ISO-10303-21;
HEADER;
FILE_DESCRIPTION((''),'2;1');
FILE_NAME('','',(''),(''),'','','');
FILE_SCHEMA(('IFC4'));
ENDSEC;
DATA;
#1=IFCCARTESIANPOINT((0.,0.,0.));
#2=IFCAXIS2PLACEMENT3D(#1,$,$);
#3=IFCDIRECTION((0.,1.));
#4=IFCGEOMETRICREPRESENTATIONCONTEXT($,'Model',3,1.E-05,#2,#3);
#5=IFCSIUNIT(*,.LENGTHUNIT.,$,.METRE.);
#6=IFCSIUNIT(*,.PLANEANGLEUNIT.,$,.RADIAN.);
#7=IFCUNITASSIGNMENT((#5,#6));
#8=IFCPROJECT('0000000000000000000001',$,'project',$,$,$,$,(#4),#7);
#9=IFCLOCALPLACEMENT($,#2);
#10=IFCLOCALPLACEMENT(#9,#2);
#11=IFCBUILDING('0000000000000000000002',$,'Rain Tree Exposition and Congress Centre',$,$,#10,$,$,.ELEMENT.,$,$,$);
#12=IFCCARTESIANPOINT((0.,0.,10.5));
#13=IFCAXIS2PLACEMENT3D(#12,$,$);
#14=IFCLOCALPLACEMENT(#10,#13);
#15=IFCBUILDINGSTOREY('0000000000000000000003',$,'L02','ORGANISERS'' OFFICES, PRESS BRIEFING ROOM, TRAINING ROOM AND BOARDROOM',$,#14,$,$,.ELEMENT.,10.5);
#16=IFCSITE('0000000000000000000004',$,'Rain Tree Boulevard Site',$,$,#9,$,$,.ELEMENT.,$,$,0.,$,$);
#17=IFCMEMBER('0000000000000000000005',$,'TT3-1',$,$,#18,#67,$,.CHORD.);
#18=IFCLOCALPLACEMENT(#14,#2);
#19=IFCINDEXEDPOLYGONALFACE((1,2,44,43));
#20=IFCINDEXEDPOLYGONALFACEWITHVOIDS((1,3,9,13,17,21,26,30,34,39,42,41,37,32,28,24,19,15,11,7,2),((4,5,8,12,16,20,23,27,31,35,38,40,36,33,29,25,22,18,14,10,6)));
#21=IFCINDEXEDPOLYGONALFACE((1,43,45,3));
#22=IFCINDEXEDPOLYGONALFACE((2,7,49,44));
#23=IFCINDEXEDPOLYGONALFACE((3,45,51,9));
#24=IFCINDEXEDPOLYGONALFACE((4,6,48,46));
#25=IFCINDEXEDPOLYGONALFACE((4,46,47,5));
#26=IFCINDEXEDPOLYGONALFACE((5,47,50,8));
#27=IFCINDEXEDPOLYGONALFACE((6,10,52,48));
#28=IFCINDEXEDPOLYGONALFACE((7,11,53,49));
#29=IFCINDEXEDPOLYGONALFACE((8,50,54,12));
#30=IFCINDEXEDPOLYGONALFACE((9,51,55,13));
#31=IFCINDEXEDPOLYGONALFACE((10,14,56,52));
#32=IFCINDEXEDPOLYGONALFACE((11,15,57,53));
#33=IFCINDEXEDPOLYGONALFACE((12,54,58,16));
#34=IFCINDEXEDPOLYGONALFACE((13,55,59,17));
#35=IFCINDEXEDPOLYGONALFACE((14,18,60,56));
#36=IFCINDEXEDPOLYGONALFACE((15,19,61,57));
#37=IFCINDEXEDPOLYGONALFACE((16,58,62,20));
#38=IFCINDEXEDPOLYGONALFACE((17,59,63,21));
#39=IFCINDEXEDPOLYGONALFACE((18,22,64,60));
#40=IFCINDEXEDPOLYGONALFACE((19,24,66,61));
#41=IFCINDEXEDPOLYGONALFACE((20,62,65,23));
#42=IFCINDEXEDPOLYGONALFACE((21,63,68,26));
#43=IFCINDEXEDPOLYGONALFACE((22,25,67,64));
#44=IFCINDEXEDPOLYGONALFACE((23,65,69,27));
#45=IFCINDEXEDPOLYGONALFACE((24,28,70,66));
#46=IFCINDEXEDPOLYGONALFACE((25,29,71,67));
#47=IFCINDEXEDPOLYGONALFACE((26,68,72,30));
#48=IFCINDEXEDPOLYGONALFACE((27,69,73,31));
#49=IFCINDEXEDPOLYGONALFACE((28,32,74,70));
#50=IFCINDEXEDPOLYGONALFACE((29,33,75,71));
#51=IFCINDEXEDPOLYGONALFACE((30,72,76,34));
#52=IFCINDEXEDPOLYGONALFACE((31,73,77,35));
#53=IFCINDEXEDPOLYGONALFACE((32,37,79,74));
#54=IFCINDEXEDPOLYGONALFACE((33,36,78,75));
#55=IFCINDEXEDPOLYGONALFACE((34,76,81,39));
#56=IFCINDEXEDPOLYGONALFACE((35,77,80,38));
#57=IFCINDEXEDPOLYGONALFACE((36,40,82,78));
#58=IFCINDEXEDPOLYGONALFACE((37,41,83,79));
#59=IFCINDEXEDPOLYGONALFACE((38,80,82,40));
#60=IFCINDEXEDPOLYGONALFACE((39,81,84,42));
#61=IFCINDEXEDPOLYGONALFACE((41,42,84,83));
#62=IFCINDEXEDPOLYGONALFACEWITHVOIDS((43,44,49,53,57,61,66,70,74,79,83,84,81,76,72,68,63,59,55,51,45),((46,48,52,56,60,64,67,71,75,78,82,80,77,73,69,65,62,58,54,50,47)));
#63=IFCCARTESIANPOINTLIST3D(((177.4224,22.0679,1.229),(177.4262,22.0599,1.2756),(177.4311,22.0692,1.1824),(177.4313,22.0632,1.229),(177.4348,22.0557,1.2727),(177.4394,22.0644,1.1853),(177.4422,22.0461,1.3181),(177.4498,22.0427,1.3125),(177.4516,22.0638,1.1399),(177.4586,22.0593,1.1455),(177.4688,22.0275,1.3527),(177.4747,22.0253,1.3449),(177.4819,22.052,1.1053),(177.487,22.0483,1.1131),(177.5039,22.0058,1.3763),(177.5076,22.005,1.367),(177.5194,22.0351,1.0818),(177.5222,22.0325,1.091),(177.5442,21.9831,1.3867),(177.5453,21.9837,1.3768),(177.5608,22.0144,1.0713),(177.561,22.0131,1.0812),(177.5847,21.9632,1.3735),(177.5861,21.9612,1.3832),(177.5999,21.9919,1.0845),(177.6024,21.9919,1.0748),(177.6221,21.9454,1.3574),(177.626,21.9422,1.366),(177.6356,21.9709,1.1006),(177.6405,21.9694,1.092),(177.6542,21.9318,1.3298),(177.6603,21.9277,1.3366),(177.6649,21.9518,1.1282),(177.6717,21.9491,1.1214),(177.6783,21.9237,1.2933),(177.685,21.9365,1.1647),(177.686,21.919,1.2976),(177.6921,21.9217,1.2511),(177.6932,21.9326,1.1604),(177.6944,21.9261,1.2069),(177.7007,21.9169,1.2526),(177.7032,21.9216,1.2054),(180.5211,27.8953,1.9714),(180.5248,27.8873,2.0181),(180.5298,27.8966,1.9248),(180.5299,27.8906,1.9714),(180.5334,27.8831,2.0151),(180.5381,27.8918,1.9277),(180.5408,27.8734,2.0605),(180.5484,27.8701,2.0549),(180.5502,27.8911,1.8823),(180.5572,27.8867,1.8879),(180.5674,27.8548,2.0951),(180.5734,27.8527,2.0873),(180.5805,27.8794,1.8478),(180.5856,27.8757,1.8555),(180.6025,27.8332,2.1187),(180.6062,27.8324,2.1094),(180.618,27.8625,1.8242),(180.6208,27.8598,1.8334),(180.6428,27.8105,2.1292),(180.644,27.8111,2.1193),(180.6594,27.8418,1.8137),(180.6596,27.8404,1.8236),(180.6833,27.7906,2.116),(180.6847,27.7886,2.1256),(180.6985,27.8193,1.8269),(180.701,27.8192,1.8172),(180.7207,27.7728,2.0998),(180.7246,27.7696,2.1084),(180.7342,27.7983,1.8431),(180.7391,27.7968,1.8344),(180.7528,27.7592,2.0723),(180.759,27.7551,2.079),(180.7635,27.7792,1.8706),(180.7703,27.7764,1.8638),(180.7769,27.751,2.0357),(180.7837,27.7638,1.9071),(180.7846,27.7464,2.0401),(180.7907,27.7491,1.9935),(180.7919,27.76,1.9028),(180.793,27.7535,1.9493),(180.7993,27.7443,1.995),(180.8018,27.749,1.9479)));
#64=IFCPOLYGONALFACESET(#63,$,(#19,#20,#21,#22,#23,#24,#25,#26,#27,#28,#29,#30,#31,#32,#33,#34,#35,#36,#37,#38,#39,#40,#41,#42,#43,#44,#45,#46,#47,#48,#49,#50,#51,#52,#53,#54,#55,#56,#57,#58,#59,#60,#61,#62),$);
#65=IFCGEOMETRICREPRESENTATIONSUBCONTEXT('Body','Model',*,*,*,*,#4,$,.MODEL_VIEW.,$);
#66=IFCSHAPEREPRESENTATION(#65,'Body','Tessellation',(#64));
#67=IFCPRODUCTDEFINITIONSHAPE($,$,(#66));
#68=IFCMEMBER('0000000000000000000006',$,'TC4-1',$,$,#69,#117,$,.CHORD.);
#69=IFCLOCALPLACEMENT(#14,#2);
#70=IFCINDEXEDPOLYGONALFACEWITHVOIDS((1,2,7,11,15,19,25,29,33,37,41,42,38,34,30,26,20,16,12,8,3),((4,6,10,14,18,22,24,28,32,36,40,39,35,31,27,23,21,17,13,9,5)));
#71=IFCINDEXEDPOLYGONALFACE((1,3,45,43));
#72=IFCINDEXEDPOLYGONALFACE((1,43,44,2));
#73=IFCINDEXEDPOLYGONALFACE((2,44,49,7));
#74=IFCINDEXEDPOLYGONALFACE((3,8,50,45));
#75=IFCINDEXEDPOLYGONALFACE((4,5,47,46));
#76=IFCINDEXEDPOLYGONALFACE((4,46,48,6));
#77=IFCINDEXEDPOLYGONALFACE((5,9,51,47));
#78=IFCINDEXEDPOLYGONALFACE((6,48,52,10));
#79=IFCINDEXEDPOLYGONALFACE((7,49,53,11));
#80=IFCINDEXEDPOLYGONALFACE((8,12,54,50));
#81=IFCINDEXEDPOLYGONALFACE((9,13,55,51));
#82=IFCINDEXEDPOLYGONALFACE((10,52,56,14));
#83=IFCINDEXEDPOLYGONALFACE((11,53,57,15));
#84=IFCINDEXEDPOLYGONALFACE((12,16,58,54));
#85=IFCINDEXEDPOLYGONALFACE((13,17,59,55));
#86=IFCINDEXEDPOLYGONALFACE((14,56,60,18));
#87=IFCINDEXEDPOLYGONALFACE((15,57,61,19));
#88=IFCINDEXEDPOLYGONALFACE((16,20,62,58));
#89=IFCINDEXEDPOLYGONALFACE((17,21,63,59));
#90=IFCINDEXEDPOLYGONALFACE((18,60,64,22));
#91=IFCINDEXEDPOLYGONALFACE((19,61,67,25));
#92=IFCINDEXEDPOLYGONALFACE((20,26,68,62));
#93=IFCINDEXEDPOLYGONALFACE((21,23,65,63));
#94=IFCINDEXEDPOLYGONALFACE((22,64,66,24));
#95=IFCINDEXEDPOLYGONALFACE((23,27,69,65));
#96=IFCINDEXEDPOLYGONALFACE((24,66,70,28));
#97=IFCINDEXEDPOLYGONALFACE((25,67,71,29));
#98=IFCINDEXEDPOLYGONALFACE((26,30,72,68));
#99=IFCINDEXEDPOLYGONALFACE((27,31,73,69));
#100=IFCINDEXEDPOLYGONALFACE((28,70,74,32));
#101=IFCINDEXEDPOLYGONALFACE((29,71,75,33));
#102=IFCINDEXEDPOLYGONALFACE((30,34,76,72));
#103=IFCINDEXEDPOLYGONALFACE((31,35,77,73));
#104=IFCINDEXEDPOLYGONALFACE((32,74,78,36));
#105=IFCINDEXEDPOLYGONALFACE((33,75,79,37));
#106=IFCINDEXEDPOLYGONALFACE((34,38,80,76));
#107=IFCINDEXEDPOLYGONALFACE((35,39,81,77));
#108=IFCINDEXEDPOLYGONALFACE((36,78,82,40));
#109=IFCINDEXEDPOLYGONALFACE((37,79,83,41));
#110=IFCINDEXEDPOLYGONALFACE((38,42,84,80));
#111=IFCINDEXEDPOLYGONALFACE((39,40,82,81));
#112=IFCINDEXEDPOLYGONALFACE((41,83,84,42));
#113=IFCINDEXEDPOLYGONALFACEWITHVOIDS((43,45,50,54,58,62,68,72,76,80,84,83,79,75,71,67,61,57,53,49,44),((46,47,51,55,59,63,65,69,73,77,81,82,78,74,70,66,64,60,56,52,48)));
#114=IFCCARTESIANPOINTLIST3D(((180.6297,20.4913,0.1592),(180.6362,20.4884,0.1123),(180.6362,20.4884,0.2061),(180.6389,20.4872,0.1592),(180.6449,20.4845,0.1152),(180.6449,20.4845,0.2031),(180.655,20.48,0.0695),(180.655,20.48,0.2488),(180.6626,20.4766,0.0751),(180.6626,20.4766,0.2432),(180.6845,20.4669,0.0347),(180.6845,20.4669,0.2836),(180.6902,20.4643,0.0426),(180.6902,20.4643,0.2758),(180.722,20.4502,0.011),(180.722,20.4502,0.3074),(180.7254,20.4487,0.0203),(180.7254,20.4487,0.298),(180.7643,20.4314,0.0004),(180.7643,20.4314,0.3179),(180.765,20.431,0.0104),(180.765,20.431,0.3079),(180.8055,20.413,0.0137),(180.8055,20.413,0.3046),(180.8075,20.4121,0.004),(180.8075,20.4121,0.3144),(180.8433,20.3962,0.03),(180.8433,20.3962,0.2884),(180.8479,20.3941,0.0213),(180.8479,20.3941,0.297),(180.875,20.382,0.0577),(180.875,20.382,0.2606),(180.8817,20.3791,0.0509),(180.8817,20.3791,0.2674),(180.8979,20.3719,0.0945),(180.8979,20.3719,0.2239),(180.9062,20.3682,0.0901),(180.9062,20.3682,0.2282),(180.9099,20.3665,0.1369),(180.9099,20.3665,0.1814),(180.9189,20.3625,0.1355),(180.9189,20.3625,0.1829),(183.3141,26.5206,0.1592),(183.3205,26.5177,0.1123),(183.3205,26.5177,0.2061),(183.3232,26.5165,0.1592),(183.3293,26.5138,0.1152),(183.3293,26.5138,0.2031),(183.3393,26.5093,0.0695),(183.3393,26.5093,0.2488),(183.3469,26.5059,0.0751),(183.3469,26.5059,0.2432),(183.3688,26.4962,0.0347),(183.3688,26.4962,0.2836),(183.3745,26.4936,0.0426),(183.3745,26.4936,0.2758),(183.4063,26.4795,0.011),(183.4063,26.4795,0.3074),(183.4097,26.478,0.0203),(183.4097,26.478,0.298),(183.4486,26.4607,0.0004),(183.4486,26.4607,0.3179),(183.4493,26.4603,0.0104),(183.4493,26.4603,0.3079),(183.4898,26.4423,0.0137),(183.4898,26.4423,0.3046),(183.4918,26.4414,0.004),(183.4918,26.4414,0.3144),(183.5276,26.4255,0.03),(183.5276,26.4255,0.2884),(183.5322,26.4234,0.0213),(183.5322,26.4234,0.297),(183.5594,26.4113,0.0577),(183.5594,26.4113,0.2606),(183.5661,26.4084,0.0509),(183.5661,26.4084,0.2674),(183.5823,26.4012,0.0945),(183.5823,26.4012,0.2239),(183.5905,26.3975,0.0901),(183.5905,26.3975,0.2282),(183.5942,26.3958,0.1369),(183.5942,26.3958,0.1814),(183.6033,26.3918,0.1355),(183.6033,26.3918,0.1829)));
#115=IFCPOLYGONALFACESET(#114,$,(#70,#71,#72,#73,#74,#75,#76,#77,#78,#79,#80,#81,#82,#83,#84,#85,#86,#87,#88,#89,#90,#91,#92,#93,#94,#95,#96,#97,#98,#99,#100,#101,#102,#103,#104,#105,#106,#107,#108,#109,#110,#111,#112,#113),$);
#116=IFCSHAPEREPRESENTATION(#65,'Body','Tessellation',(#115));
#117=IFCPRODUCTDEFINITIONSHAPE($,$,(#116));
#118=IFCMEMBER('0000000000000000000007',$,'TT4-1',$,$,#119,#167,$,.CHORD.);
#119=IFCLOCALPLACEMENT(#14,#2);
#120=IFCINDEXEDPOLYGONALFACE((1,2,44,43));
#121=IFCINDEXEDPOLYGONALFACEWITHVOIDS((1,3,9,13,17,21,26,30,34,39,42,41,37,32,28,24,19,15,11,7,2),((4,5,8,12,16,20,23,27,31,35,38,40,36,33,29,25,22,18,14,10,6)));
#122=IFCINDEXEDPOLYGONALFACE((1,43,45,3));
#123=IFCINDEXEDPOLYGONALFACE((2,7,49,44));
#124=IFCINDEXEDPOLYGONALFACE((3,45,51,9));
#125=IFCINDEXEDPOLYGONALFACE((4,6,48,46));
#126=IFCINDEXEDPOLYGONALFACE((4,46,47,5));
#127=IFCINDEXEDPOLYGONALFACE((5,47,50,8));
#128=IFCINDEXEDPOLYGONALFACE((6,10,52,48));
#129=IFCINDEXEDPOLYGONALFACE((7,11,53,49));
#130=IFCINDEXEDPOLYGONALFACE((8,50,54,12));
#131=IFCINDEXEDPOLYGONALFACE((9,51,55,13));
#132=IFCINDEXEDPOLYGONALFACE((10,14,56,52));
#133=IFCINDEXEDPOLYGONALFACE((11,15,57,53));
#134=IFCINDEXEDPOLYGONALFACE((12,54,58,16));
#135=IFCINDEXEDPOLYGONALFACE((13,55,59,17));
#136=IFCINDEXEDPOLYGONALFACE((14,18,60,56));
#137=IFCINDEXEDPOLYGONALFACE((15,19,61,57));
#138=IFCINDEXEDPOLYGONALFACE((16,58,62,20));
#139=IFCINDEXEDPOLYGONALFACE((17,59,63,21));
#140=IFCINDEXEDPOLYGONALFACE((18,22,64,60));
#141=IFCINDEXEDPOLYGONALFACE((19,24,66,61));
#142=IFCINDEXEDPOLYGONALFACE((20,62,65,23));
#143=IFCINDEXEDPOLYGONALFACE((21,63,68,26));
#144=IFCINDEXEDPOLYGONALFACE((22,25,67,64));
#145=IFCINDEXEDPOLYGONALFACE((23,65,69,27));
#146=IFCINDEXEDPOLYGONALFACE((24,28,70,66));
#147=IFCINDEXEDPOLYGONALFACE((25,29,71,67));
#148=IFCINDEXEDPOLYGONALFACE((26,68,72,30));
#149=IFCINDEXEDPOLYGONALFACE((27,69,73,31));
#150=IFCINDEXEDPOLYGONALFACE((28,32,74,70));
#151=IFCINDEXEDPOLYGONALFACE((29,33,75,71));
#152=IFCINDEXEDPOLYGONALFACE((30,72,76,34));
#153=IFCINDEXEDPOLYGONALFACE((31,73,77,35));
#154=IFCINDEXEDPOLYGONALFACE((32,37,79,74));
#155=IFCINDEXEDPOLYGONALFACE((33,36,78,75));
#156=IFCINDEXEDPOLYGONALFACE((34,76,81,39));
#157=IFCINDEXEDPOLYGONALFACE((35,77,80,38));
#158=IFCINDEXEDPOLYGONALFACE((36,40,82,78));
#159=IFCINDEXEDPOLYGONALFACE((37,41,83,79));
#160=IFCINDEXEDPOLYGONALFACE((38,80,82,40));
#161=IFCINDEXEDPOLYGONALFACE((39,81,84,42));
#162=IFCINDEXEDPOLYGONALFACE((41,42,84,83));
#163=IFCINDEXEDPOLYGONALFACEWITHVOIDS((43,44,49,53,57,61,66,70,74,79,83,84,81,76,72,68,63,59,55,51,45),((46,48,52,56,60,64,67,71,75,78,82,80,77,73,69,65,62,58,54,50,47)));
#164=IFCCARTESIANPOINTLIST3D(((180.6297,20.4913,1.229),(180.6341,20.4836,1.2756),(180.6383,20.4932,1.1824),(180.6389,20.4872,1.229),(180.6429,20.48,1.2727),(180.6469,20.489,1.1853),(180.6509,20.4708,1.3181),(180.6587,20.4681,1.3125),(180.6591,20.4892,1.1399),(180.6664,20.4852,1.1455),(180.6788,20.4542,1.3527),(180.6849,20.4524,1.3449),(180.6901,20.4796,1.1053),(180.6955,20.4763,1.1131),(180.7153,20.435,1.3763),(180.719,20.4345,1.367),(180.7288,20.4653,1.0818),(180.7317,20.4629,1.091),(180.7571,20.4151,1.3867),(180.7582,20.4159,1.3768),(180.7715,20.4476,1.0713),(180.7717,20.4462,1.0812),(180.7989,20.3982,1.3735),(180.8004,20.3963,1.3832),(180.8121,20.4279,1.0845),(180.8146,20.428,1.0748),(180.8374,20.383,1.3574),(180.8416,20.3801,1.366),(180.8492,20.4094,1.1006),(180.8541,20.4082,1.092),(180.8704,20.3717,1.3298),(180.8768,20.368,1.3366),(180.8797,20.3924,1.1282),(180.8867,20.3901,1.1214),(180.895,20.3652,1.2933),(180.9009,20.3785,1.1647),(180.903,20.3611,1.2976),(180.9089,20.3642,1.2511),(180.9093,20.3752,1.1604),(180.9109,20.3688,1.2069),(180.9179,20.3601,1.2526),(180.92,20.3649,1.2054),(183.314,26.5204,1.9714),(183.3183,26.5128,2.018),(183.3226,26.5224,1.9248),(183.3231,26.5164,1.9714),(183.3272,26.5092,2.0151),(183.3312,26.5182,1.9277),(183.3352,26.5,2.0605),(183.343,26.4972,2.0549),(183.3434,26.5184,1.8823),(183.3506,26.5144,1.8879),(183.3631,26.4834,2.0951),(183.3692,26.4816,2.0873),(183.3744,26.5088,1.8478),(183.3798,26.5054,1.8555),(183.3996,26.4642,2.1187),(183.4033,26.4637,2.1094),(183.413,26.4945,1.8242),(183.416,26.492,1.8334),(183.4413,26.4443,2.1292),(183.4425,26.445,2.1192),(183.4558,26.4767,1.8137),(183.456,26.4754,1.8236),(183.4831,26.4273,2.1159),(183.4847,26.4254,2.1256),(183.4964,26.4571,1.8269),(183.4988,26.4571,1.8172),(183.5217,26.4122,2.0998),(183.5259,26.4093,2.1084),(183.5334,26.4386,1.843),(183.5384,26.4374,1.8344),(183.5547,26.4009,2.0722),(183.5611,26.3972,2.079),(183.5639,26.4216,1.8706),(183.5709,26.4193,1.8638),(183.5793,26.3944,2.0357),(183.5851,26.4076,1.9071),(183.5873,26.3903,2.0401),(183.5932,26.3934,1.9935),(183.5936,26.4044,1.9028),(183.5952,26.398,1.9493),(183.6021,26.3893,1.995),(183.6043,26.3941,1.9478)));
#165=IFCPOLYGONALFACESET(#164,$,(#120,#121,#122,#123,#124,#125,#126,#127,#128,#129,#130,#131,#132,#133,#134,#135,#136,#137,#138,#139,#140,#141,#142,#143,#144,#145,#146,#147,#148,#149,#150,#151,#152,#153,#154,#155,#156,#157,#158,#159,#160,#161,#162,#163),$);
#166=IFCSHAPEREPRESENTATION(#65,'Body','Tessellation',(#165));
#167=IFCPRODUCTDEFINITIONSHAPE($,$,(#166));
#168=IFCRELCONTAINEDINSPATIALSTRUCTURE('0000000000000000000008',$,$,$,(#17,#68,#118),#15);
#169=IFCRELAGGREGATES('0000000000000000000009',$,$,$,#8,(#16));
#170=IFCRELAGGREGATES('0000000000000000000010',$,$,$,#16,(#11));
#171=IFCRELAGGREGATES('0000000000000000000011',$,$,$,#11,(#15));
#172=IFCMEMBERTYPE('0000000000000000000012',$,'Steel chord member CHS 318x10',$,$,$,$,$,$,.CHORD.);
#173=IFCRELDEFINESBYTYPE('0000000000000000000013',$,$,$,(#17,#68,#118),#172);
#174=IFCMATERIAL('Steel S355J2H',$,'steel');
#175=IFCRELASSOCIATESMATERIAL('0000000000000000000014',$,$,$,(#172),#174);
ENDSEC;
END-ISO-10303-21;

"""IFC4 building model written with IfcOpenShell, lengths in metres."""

from ifc_helpers import new_model, si_unit, direction, frame, origin, origin_2d, place, context, subcontext, project, spatial, hollow_circle, extrude, material, material_profile, profile_set, type_object, element, save


model = new_model("IFC4")

# Units and contexts
model_context = context("Model", 3, precision=1e-05, world=origin(), true_north=direction((0.0, 1.0)))
body_context = subcontext(model_context, "Body", "Model", "MODEL_VIEW")
ifc_project = project(units=[si_unit("LENGTHUNIT", "METRE"), si_unit("PLANEANGLEUNIT", "RADIAN")], contexts=[model_context])

# Site, building, storey
site_placement = place(None, origin())
site = spatial("IfcSite", under=ifc_project, at=site_placement, Name="Rain Tree Boulevard Site", CompositionType="ELEMENT", RefElevation=0.0)
building_placement = place(site_placement, origin())
building = spatial("IfcBuilding", under=site, at=building_placement, Name="Rain Tree Exposition and Congress Centre", CompositionType="ELEMENT")
storey_placement = place(building_placement, frame((0.0, 0.0, 10.5)))
storey = spatial("IfcBuildingStorey", under=building, at=storey_placement, Name="L02", Description="ORGANISERS' OFFICES, PRESS BRIEFING ROOM, TRAINING ROOM AND BOARDROOM", CompositionType="ELEMENT", Elevation=10.5)

# Members
ifc_material_1 = material(Name="Steel S355J2H", Category="steel")
ifc_material_profile_1 = material_profile(ifc_material_1, hollow_circle(Radius=0.1592, WallThickness=0.01, at=origin_2d()), Name="CHS 318x10")
ifc_profile_set_1 = profile_set([ifc_material_profile_1], Name="Steel S355J2H")
member_type_1 = type_object("IfcMemberType", Name="Steel chord member CHS 318x10", PredefinedType="CHORD", material=ifc_profile_set_1)
member_1_placement = place(storey_placement, frame((177.563, 21.9932, 1.229), z_axis=(0.466547, 0.877404, 0.111785), x_axis=(-0.882938, 0.46949, 0.0)))
element("IfcMember", 1, at=member_1_placement, inside=storey, type_object=member_type_1, Name="TT3-1", PredefinedType="CHORD", context=body_context, shape_type="SweptSolid", body=[
    extrude(hollow_circle(Radius=0.1592, WallThickness=0.01, at=origin_2d()), origin(), (0.0, 0.0, 1.0), 6.6416),
])
member_2_placement = place(storey_placement, frame((180.7751, 20.4265, 0.1592), z_axis=(0.406725, 0.913551, 0.0), x_axis=(-0.913551, 0.406725, 0.0)))
element("IfcMember", 2, at=member_2_placement, inside=storey, type_object=member_type_1, Name="TC4-1", PredefinedType="CHORD", context=body_context, shape_type="SweptSolid", body=[
    extrude(hollow_circle(Radius=0.1592, WallThickness=0.01, at=origin_2d()), origin(), (0.0, 0.0, 1.0), 6.5999),
])
member_3_placement = place(storey_placement, frame((180.7751, 20.4265, 1.229), z_axis=(0.404176, 0.907825, 0.111787), x_axis=(-0.913551, 0.406725, 0.0)))
element("IfcMember", 3, at=member_3_placement, inside=storey, type_object=member_type_1, Name="TT4-1", PredefinedType="CHORD", context=body_context, shape_type="SweptSolid", body=[
    extrude(hollow_circle(Radius=0.1592, WallThickness=0.01, at=origin_2d()), origin(), (0.0, 0.0, 1.0), 6.6414),
])

save(model, "model.ifc")
